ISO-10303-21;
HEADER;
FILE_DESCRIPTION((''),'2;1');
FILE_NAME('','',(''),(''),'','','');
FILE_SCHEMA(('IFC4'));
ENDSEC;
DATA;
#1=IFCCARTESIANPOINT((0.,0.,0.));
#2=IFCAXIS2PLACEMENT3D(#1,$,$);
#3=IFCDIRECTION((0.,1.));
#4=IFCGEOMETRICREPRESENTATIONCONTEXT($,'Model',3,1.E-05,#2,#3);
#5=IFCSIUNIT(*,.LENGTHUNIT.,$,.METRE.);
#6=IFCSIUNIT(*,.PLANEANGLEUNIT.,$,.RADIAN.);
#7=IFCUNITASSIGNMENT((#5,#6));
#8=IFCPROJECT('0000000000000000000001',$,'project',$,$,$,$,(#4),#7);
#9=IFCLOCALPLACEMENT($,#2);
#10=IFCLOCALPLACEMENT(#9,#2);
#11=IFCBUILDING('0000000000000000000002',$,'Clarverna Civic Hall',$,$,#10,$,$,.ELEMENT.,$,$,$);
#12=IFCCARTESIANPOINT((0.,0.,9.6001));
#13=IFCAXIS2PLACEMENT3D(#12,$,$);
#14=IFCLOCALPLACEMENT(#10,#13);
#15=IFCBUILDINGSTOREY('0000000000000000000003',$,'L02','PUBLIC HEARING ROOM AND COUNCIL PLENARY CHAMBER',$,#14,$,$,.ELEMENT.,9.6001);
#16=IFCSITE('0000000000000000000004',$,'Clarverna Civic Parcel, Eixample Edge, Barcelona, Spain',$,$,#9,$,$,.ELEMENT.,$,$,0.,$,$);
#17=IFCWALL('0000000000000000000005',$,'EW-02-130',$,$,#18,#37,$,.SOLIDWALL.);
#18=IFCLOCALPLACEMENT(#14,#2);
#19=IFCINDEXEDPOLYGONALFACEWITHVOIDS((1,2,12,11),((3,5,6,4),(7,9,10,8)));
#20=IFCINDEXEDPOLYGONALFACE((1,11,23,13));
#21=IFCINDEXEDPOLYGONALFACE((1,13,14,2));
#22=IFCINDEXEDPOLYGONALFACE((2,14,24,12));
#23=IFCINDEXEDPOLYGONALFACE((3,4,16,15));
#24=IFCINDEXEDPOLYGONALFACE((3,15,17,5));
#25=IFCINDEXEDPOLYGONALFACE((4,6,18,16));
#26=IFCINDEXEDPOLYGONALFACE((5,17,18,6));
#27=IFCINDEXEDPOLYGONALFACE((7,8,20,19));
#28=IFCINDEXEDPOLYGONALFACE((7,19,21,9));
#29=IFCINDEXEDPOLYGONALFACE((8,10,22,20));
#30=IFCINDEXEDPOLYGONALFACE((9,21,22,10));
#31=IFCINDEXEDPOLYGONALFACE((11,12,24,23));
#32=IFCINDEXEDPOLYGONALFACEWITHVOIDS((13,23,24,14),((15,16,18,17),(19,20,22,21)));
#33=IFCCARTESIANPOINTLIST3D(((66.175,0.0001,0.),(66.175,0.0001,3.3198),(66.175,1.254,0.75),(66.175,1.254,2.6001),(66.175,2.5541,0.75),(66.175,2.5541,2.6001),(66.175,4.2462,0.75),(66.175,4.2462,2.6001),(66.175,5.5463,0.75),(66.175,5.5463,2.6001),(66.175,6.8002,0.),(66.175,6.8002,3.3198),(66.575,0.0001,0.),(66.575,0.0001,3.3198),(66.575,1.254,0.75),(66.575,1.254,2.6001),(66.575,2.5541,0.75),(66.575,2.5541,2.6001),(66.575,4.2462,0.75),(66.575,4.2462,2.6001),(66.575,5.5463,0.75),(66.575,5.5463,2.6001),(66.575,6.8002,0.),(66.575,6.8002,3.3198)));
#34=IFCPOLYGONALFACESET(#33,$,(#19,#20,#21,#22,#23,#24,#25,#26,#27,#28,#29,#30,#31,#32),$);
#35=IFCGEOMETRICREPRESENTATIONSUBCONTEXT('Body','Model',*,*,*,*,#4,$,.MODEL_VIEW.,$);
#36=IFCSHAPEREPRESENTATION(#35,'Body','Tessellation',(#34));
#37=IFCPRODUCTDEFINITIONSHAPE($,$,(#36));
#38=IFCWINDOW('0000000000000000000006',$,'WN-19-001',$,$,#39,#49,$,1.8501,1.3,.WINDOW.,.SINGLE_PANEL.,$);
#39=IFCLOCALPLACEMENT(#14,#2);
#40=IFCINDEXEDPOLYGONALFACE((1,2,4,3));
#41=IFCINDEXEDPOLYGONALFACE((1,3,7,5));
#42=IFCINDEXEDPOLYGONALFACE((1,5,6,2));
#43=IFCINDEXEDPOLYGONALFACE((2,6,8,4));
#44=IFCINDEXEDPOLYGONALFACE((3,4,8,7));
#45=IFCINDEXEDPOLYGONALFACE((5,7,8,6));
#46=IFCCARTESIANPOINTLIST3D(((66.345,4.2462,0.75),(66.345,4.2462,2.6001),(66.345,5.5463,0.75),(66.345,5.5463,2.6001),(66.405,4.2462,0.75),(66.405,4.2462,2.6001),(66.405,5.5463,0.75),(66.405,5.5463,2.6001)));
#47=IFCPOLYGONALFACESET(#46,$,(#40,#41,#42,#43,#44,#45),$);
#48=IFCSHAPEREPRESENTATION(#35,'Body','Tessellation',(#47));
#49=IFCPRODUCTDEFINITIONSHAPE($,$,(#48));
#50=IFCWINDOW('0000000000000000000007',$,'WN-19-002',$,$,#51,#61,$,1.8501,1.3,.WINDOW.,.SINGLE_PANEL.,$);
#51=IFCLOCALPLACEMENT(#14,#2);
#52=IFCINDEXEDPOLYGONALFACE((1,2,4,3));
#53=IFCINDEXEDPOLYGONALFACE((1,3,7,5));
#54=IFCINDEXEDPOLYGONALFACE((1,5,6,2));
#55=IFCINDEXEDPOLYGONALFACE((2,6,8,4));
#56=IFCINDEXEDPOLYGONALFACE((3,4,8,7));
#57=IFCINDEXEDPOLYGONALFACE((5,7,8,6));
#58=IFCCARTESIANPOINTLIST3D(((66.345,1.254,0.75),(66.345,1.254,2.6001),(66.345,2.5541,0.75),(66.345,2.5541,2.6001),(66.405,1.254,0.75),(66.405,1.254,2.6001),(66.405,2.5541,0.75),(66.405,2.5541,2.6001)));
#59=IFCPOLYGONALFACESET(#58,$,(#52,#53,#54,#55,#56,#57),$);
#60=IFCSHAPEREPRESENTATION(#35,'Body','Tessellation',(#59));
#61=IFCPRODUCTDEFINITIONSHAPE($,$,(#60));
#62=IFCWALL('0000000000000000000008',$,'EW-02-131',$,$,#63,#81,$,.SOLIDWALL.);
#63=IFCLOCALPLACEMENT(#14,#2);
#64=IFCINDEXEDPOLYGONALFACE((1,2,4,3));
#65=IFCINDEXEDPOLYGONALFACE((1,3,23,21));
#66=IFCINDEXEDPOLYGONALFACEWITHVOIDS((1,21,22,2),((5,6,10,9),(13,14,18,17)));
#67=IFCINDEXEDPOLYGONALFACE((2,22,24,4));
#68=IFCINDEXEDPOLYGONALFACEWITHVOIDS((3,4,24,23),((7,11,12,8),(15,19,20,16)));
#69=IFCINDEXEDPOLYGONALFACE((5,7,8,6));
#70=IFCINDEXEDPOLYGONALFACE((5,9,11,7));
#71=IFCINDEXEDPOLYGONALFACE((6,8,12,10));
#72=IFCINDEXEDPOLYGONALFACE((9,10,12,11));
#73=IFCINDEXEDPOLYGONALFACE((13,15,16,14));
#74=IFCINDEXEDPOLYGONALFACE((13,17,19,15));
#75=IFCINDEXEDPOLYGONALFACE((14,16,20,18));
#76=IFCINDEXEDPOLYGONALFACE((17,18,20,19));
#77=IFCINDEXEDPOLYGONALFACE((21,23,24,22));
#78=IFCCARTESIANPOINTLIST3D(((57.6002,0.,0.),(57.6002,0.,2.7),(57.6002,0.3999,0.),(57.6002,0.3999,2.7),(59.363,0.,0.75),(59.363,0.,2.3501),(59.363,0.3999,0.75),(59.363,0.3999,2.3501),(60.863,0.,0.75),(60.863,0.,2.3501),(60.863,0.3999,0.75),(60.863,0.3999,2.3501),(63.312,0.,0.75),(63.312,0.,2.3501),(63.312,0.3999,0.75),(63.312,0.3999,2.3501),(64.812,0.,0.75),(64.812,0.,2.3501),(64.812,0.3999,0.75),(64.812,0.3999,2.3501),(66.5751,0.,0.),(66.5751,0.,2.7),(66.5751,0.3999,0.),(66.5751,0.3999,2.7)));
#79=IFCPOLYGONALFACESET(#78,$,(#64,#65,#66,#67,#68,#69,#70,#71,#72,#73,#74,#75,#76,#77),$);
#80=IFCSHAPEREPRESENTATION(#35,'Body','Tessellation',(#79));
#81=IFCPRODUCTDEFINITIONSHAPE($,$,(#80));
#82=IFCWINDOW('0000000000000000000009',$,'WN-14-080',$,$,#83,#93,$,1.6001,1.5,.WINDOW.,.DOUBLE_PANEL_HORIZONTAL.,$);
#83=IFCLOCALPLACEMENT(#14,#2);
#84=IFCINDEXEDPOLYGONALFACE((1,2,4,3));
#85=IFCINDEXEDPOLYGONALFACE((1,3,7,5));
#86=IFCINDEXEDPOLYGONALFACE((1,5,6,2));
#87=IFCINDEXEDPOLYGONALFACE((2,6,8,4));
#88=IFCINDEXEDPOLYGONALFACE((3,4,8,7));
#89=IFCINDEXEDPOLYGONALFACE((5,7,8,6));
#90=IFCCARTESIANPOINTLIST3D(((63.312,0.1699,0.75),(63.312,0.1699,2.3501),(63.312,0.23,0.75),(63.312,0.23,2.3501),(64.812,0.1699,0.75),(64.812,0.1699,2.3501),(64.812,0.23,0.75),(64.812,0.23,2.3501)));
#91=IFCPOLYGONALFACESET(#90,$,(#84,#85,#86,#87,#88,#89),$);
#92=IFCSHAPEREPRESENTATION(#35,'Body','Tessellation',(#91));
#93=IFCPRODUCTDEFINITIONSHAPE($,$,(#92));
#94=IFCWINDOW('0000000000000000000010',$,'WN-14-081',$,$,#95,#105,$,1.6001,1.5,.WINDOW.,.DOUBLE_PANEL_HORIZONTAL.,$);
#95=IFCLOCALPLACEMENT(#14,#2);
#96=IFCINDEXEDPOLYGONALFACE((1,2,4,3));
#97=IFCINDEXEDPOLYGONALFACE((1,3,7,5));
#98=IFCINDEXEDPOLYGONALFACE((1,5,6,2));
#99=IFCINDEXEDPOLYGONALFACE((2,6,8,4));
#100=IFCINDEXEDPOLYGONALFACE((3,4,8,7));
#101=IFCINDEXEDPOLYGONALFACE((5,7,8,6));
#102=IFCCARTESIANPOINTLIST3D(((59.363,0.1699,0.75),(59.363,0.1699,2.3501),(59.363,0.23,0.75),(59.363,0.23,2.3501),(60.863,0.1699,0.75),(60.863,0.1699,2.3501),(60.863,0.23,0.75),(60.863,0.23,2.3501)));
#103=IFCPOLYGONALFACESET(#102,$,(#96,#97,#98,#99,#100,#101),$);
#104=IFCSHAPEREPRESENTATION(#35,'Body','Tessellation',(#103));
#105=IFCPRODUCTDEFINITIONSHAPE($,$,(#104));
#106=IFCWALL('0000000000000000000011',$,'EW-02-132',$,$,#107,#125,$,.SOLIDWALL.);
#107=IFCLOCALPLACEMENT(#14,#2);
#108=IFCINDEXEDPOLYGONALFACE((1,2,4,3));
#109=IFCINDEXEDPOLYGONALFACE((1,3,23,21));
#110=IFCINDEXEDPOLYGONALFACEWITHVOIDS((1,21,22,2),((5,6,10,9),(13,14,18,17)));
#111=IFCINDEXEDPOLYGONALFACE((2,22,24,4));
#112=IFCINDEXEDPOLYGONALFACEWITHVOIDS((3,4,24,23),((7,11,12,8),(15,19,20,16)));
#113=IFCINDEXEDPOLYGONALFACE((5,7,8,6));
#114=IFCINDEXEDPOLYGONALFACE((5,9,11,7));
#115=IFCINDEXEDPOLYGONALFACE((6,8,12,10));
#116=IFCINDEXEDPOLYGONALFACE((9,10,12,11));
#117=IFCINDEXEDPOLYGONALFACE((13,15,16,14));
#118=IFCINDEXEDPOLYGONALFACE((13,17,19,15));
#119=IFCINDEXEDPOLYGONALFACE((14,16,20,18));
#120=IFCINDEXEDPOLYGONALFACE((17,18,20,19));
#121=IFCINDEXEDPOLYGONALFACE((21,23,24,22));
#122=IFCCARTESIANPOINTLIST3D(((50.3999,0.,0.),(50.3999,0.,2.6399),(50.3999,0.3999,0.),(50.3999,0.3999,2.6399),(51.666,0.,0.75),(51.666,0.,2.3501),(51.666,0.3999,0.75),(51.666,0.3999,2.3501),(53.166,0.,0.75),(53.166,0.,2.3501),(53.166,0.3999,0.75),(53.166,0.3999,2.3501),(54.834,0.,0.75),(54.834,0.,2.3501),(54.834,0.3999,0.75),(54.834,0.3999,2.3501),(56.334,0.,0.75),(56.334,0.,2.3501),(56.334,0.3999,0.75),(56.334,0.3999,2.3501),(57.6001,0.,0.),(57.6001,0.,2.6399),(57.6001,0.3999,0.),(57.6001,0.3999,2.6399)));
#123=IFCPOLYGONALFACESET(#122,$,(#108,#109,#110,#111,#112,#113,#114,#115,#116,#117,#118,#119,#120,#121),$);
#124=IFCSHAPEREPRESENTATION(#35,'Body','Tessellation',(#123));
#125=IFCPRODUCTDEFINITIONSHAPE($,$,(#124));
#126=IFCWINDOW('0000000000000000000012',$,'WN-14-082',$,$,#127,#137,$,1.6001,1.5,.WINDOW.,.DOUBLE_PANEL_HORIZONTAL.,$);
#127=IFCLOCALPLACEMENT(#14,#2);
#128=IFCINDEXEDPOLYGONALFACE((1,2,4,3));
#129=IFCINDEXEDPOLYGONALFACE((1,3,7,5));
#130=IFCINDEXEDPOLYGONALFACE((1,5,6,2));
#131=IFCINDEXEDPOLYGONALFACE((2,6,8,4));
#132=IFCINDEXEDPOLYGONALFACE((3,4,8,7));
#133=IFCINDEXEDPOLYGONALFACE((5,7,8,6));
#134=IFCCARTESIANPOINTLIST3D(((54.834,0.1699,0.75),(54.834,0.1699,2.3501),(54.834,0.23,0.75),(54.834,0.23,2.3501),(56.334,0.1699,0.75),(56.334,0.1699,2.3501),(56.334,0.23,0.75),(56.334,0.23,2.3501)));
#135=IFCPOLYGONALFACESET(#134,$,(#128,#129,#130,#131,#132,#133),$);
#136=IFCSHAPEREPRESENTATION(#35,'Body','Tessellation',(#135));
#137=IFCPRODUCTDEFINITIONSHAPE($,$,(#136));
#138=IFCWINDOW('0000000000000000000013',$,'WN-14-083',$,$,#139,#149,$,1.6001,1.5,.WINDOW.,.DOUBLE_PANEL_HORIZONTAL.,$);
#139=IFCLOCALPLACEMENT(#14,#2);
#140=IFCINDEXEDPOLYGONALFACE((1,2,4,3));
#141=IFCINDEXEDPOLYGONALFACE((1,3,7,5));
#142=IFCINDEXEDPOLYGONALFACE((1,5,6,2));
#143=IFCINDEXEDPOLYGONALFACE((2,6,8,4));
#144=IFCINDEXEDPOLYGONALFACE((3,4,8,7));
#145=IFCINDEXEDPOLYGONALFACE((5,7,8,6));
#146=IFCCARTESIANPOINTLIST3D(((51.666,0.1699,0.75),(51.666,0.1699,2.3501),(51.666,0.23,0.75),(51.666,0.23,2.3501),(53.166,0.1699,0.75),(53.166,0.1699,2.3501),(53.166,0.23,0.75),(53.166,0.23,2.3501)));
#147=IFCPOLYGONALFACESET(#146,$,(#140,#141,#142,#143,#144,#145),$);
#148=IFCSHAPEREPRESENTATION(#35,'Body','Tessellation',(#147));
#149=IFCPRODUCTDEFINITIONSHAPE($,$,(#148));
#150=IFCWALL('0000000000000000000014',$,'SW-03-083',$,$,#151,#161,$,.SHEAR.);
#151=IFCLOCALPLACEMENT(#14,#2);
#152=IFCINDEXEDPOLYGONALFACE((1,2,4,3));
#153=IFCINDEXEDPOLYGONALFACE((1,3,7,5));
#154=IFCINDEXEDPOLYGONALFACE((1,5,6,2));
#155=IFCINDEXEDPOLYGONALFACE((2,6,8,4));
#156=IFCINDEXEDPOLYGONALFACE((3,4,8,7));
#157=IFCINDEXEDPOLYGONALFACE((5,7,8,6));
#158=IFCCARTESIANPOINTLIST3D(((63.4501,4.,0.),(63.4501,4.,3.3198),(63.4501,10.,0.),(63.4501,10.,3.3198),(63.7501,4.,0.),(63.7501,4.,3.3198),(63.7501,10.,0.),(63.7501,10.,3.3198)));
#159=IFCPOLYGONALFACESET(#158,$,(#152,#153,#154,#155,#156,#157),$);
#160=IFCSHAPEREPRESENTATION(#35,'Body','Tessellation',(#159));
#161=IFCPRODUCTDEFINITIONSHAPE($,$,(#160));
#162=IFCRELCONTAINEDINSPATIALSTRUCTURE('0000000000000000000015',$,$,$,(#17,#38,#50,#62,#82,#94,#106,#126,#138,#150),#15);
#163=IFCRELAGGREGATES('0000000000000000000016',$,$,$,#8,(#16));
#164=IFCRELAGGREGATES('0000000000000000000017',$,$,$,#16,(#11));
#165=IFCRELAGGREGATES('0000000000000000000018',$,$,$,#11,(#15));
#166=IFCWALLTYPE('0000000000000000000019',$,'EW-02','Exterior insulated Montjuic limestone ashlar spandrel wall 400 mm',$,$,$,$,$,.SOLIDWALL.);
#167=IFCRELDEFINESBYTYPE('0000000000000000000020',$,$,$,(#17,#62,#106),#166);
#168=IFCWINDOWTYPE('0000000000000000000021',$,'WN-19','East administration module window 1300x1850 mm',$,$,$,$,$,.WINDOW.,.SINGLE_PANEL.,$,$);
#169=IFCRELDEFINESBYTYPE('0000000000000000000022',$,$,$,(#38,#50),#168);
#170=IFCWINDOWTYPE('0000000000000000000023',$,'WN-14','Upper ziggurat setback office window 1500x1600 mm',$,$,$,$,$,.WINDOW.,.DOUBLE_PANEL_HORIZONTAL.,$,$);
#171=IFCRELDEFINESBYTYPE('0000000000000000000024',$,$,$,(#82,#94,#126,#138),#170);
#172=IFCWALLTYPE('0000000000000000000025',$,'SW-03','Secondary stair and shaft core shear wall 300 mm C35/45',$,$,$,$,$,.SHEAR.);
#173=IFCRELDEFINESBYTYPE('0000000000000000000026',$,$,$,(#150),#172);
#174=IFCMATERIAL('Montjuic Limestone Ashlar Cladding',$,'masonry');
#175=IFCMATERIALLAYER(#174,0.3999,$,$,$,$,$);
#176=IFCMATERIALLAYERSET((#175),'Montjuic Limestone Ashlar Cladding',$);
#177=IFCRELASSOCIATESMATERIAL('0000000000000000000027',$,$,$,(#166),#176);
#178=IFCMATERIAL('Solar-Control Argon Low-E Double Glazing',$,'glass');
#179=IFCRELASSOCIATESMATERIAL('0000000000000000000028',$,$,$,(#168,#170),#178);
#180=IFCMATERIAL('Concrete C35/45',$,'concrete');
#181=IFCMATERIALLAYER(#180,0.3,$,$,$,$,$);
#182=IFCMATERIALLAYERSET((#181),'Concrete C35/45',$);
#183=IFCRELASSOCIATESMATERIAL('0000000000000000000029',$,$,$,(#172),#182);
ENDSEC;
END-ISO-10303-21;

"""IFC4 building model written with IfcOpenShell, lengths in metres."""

from ifc_helpers import new_model, si_unit, direction, frame, frame_2d, origin, place, context, subcontext, project, spatial, rectangle, extrude, material, layer, layer_set, type_object, element, fill, save


model = new_model("IFC4")

# Units and contexts
model_context = context("Model", 3, precision=1e-05, world=origin(), true_north=direction((0.0, 1.0)))
body_context = subcontext(model_context, "Body", "Model", "MODEL_VIEW")
ifc_project = project(units=[si_unit("LENGTHUNIT", "METRE"), si_unit("PLANEANGLEUNIT", "RADIAN")], contexts=[model_context])

# Site, building, storey
site_placement = place(None, origin())
site = spatial("IfcSite", under=ifc_project, at=site_placement, Name="Clarverna Civic Parcel, Eixample Edge, Barcelona, Spain", CompositionType="ELEMENT", RefElevation=0.0)
building_placement = place(site_placement, origin())
building = spatial("IfcBuilding", under=site, at=building_placement, Name="Clarverna Civic Hall", CompositionType="ELEMENT")
storey_placement = place(building_placement, frame((0.0, 0.0, 9.6001)))
storey = spatial("IfcBuildingStorey", under=building, at=storey_placement, Name="L02", Description="PUBLIC HEARING ROOM AND COUNCIL PLENARY CHAMBER", CompositionType="ELEMENT", Elevation=9.6001)

# Walls, openings, windows
ifc_material_1 = material(Name="Montjuic Limestone Ashlar Cladding", Category="masonry")
ifc_layer_1 = layer(ifc_material_1, 0.3999)
ifc_layer_set_1 = layer_set([ifc_layer_1], Name="Montjuic Limestone Ashlar Cladding")
wall_type_1 = type_object("IfcWallType", Name="EW-02", Description="Exterior insulated Montjuic limestone ashlar spandrel wall 400 mm", PredefinedType="SOLIDWALL", material=ifc_layer_set_1)
wall_1_placement = place(storey_placement, frame((66.375, 6.8, 0.0), z_axis=(0.0, 0.0, 1.0), x_axis=(0.0, -1.0, 0.0)))
wall_1 = element("IfcWall", 1, at=wall_1_placement, inside=storey, type_object=wall_type_1, Name="EW-02-130", PredefinedType="SOLIDWALL", context=body_context, shape_type="SweptSolid", body=[
    extrude(rectangle(XDim=6.8, YDim=0.3999, at=frame_2d((3.3999, 0.0))), origin(), (0.0, 0.0, 1.0), 3.3198),
])
opening_1_placement = place(wall_1_placement, frame((1.2539, 0.0, 0.75)))
opening_1 = element("IfcOpeningElement", 2, at=opening_1_placement, cuts=wall_1, PredefinedType="OPENING", context=body_context, shape_type="SweptSolid", body=[
    extrude(rectangle(XDim=1.3, YDim=1.8501, at=frame_2d((0.6499, 0.925))), frame((0.0, 0.21, 0.0), z_axis=(0.0, -1.0, 0.0), x_axis=(1.0, 0.0, 0.0)), (0.0, 0.0, 1.0), 0.4199),
])
opening_2_placement = place(wall_1_placement, frame((4.2461, 0.0, 0.75)))
opening_2 = element("IfcOpeningElement", 3, at=opening_2_placement, cuts=wall_1, PredefinedType="OPENING", context=body_context, shape_type="SweptSolid", body=[
    extrude(rectangle(XDim=1.3, YDim=1.8501, at=frame_2d((0.6499, 0.925))), frame((0.0, 0.21, 0.0), z_axis=(0.0, -1.0, 0.0), x_axis=(1.0, 0.0, 0.0)), (0.0, 0.0, 1.0), 0.4199),
])
ifc_material_2 = material(Name="Solar-Control Argon Low-E Double Glazing", Category="glass")
window_type_1 = type_object("IfcWindowType", Name="WN-19", Description="East administration module window 1300x1850 mm", PartitioningType="SINGLE_PANEL", PredefinedType="WINDOW", material=ifc_material_2)
window_1_placement = place(opening_1_placement, origin())
window_1 = element("IfcWindow", 4, at=window_1_placement, inside=storey, type_object=window_type_1, Name="WN-19-001", OverallHeight=1.8501, OverallWidth=1.3, PartitioningType="SINGLE_PANEL", PredefinedType="WINDOW", context=body_context, shape_type="SweptSolid", body=[
    extrude(rectangle(XDim=1.3, YDim=1.8501, at=frame_2d((0.6499, 0.925))), frame((0.0, 0.03, 0.0), z_axis=(0.0, -1.0, 0.0), x_axis=(1.0, 0.0, 0.0)), (0.0, 0.0, 1.0), 0.0601),
])
fill(opening_1, window_1)
window_2_placement = place(opening_2_placement, origin())
window_2 = element("IfcWindow", 5, at=window_2_placement, inside=storey, type_object=window_type_1, Name="WN-19-002", OverallHeight=1.8501, OverallWidth=1.3, PartitioningType="SINGLE_PANEL", PredefinedType="WINDOW", context=body_context, shape_type="SweptSolid", body=[
    extrude(rectangle(XDim=1.3, YDim=1.8501, at=frame_2d((0.6499, 0.925))), frame((0.0, 0.03, 0.0), z_axis=(0.0, -1.0, 0.0), x_axis=(1.0, 0.0, 0.0)), (0.0, 0.0, 1.0), 0.0601),
])
fill(opening_2, window_2)
wall_2_placement = place(storey_placement, frame((66.575, 0.2, 0.0), z_axis=(0.0, 0.0, 1.0), x_axis=(-1.0, 0.0, 0.0)))
wall_2 = element("IfcWall", 6, at=wall_2_placement, inside=storey, type_object=wall_type_1, Name="EW-02-131", PredefinedType="SOLIDWALL", context=body_context, shape_type="SweptSolid", body=[
    extrude(rectangle(XDim=8.9749, YDim=0.3999, at=frame_2d((4.4873, 0.0))), origin(), (0.0, 0.0, 1.0), 2.7),
])
opening_3_placement = place(wall_2_placement, frame((1.7629, 0.0, 0.75)))
opening_3 = element("IfcOpeningElement", 7, at=opening_3_placement, cuts=wall_2, PredefinedType="OPENING", context=body_context, shape_type="SweptSolid", body=[
    extrude(rectangle(XDim=1.5, YDim=1.6001, at=frame_2d((0.75, 0.8))), frame((0.0, 0.21, 0.0), z_axis=(0.0, -1.0, 0.0), x_axis=(1.0, 0.0, 0.0)), (0.0, 0.0, 1.0), 0.4199),
])
opening_4_placement = place(wall_2_placement, frame((5.7119, 0.0, 0.75)))
opening_4 = element("IfcOpeningElement", 8, at=opening_4_placement, cuts=wall_2, PredefinedType="OPENING", context=body_context, shape_type="SweptSolid", body=[
    extrude(rectangle(XDim=1.5, YDim=1.6001, at=frame_2d((0.75, 0.8))), frame((0.0, 0.21, 0.0), z_axis=(0.0, -1.0, 0.0), x_axis=(1.0, 0.0, 0.0)), (0.0, 0.0, 1.0), 0.4199),
])
window_type_2 = type_object("IfcWindowType", Name="WN-14", Description="Upper ziggurat setback office window 1500x1600 mm", PartitioningType="DOUBLE_PANEL_HORIZONTAL", PredefinedType="WINDOW", material=ifc_material_2)
window_3_placement = place(opening_3_placement, origin())
window_3 = element("IfcWindow", 9, at=window_3_placement, inside=storey, type_object=window_type_2, Name="WN-14-080", OverallHeight=1.6001, OverallWidth=1.5, PartitioningType="DOUBLE_PANEL_HORIZONTAL", PredefinedType="WINDOW", context=body_context, shape_type="SweptSolid", body=[
    extrude(rectangle(XDim=1.5, YDim=1.6001, at=frame_2d((0.75, 0.8))), frame((0.0, 0.03, 0.0), z_axis=(0.0, -1.0, 0.0), x_axis=(1.0, 0.0, 0.0)), (0.0, 0.0, 1.0), 0.0601),
])
fill(opening_3, window_3)
window_4_placement = place(opening_4_placement, origin())
window_4 = element("IfcWindow", 10, at=window_4_placement, inside=storey, type_object=window_type_2, Name="WN-14-081", OverallHeight=1.6001, OverallWidth=1.5, PartitioningType="DOUBLE_PANEL_HORIZONTAL", PredefinedType="WINDOW", context=body_context, shape_type="SweptSolid", body=[
    extrude(rectangle(XDim=1.5, YDim=1.6001, at=frame_2d((0.75, 0.8))), frame((0.0, 0.03, 0.0), z_axis=(0.0, -1.0, 0.0), x_axis=(1.0, 0.0, 0.0)), (0.0, 0.0, 1.0), 0.0601),
])
fill(opening_4, window_4)
wall_3_placement = place(storey_placement, frame((57.6001, 0.2, 0.0), z_axis=(0.0, 0.0, 1.0), x_axis=(-1.0, 0.0, 0.0)))
wall_3 = element("IfcWall", 11, at=wall_3_placement, inside=storey, type_object=wall_type_1, Name="EW-02-132", PredefinedType="SOLIDWALL", context=body_context, shape_type="SweptSolid", body=[
    extrude(rectangle(XDim=7.2002, YDim=0.3999, at=frame_2d((3.6001, 0.0))), origin(), (0.0, 0.0, 1.0), 2.6399),
])
opening_5_placement = place(wall_3_placement, frame((1.2661, 0.0, 0.75)))
opening_5 = element("IfcOpeningElement", 12, at=opening_5_placement, cuts=wall_3, PredefinedType="OPENING", context=body_context, shape_type="SweptSolid", body=[
    extrude(rectangle(XDim=1.5, YDim=1.6001, at=frame_2d((0.75, 0.8))), frame((0.0, 0.21, 0.0), z_axis=(0.0, -1.0, 0.0), x_axis=(1.0, 0.0, 0.0)), (0.0, 0.0, 1.0), 0.4199),
])
opening_6_placement = place(wall_3_placement, frame((4.4341, 0.0, 0.75)))
opening_6 = element("IfcOpeningElement", 13, at=opening_6_placement, cuts=wall_3, PredefinedType="OPENING", context=body_context, shape_type="SweptSolid", body=[
    extrude(rectangle(XDim=1.5, YDim=1.6001, at=frame_2d((0.75, 0.8))), frame((0.0, 0.21, 0.0), z_axis=(0.0, -1.0, 0.0), x_axis=(1.0, 0.0, 0.0)), (0.0, 0.0, 1.0), 0.4199),
])
window_5_placement = place(opening_5_placement, origin())
window_5 = element("IfcWindow", 14, at=window_5_placement, inside=storey, type_object=window_type_2, Name="WN-14-082", OverallHeight=1.6001, OverallWidth=1.5, PartitioningType="DOUBLE_PANEL_HORIZONTAL", PredefinedType="WINDOW", context=body_context, shape_type="SweptSolid", body=[
    extrude(rectangle(XDim=1.5, YDim=1.6001, at=frame_2d((0.75, 0.8))), frame((0.0, 0.03, 0.0), z_axis=(0.0, -1.0, 0.0), x_axis=(1.0, 0.0, 0.0)), (0.0, 0.0, 1.0), 0.0601),
])
fill(opening_5, window_5)
window_6_placement = place(opening_6_placement, origin())
window_6 = element("IfcWindow", 15, at=window_6_placement, inside=storey, type_object=window_type_2, Name="WN-14-083", OverallHeight=1.6001, OverallWidth=1.5, PartitioningType="DOUBLE_PANEL_HORIZONTAL", PredefinedType="WINDOW", context=body_context, shape_type="SweptSolid", body=[
    extrude(rectangle(XDim=1.5, YDim=1.6001, at=frame_2d((0.75, 0.8))), frame((0.0, 0.03, 0.0), z_axis=(0.0, -1.0, 0.0), x_axis=(1.0, 0.0, 0.0)), (0.0, 0.0, 1.0), 0.0601),
])
fill(opening_6, window_6)

# Wall
ifc_material_3 = material(Name="Concrete C35/45", Category="concrete")
ifc_layer_2 = layer(ifc_material_3, 0.3)
ifc_layer_set_2 = layer_set([ifc_layer_2], Name="Concrete C35/45")
wall_type_2 = type_object("IfcWallType", Name="SW-03", Description="Secondary stair and shaft core shear wall 300 mm C35/45", PredefinedType="SHEAR", material=ifc_layer_set_2)
wall_4_placement = place(storey_placement, frame((63.6001, 4.0, 0.0), z_axis=(0.0, 0.0, 1.0), x_axis=(0.0, 1.0, 0.0)))
element("IfcWall", 16, at=wall_4_placement, inside=storey, type_object=wall_type_2, Name="SW-03-083", PredefinedType="SHEAR", context=body_context, shape_type="SweptSolid", body=[
    extrude(rectangle(XDim=6.0, YDim=0.3, at=frame_2d((3.0, 0.0))), origin(), (0.0, 0.0, 1.0), 3.3198),
])

save(model, "model.ifc")
